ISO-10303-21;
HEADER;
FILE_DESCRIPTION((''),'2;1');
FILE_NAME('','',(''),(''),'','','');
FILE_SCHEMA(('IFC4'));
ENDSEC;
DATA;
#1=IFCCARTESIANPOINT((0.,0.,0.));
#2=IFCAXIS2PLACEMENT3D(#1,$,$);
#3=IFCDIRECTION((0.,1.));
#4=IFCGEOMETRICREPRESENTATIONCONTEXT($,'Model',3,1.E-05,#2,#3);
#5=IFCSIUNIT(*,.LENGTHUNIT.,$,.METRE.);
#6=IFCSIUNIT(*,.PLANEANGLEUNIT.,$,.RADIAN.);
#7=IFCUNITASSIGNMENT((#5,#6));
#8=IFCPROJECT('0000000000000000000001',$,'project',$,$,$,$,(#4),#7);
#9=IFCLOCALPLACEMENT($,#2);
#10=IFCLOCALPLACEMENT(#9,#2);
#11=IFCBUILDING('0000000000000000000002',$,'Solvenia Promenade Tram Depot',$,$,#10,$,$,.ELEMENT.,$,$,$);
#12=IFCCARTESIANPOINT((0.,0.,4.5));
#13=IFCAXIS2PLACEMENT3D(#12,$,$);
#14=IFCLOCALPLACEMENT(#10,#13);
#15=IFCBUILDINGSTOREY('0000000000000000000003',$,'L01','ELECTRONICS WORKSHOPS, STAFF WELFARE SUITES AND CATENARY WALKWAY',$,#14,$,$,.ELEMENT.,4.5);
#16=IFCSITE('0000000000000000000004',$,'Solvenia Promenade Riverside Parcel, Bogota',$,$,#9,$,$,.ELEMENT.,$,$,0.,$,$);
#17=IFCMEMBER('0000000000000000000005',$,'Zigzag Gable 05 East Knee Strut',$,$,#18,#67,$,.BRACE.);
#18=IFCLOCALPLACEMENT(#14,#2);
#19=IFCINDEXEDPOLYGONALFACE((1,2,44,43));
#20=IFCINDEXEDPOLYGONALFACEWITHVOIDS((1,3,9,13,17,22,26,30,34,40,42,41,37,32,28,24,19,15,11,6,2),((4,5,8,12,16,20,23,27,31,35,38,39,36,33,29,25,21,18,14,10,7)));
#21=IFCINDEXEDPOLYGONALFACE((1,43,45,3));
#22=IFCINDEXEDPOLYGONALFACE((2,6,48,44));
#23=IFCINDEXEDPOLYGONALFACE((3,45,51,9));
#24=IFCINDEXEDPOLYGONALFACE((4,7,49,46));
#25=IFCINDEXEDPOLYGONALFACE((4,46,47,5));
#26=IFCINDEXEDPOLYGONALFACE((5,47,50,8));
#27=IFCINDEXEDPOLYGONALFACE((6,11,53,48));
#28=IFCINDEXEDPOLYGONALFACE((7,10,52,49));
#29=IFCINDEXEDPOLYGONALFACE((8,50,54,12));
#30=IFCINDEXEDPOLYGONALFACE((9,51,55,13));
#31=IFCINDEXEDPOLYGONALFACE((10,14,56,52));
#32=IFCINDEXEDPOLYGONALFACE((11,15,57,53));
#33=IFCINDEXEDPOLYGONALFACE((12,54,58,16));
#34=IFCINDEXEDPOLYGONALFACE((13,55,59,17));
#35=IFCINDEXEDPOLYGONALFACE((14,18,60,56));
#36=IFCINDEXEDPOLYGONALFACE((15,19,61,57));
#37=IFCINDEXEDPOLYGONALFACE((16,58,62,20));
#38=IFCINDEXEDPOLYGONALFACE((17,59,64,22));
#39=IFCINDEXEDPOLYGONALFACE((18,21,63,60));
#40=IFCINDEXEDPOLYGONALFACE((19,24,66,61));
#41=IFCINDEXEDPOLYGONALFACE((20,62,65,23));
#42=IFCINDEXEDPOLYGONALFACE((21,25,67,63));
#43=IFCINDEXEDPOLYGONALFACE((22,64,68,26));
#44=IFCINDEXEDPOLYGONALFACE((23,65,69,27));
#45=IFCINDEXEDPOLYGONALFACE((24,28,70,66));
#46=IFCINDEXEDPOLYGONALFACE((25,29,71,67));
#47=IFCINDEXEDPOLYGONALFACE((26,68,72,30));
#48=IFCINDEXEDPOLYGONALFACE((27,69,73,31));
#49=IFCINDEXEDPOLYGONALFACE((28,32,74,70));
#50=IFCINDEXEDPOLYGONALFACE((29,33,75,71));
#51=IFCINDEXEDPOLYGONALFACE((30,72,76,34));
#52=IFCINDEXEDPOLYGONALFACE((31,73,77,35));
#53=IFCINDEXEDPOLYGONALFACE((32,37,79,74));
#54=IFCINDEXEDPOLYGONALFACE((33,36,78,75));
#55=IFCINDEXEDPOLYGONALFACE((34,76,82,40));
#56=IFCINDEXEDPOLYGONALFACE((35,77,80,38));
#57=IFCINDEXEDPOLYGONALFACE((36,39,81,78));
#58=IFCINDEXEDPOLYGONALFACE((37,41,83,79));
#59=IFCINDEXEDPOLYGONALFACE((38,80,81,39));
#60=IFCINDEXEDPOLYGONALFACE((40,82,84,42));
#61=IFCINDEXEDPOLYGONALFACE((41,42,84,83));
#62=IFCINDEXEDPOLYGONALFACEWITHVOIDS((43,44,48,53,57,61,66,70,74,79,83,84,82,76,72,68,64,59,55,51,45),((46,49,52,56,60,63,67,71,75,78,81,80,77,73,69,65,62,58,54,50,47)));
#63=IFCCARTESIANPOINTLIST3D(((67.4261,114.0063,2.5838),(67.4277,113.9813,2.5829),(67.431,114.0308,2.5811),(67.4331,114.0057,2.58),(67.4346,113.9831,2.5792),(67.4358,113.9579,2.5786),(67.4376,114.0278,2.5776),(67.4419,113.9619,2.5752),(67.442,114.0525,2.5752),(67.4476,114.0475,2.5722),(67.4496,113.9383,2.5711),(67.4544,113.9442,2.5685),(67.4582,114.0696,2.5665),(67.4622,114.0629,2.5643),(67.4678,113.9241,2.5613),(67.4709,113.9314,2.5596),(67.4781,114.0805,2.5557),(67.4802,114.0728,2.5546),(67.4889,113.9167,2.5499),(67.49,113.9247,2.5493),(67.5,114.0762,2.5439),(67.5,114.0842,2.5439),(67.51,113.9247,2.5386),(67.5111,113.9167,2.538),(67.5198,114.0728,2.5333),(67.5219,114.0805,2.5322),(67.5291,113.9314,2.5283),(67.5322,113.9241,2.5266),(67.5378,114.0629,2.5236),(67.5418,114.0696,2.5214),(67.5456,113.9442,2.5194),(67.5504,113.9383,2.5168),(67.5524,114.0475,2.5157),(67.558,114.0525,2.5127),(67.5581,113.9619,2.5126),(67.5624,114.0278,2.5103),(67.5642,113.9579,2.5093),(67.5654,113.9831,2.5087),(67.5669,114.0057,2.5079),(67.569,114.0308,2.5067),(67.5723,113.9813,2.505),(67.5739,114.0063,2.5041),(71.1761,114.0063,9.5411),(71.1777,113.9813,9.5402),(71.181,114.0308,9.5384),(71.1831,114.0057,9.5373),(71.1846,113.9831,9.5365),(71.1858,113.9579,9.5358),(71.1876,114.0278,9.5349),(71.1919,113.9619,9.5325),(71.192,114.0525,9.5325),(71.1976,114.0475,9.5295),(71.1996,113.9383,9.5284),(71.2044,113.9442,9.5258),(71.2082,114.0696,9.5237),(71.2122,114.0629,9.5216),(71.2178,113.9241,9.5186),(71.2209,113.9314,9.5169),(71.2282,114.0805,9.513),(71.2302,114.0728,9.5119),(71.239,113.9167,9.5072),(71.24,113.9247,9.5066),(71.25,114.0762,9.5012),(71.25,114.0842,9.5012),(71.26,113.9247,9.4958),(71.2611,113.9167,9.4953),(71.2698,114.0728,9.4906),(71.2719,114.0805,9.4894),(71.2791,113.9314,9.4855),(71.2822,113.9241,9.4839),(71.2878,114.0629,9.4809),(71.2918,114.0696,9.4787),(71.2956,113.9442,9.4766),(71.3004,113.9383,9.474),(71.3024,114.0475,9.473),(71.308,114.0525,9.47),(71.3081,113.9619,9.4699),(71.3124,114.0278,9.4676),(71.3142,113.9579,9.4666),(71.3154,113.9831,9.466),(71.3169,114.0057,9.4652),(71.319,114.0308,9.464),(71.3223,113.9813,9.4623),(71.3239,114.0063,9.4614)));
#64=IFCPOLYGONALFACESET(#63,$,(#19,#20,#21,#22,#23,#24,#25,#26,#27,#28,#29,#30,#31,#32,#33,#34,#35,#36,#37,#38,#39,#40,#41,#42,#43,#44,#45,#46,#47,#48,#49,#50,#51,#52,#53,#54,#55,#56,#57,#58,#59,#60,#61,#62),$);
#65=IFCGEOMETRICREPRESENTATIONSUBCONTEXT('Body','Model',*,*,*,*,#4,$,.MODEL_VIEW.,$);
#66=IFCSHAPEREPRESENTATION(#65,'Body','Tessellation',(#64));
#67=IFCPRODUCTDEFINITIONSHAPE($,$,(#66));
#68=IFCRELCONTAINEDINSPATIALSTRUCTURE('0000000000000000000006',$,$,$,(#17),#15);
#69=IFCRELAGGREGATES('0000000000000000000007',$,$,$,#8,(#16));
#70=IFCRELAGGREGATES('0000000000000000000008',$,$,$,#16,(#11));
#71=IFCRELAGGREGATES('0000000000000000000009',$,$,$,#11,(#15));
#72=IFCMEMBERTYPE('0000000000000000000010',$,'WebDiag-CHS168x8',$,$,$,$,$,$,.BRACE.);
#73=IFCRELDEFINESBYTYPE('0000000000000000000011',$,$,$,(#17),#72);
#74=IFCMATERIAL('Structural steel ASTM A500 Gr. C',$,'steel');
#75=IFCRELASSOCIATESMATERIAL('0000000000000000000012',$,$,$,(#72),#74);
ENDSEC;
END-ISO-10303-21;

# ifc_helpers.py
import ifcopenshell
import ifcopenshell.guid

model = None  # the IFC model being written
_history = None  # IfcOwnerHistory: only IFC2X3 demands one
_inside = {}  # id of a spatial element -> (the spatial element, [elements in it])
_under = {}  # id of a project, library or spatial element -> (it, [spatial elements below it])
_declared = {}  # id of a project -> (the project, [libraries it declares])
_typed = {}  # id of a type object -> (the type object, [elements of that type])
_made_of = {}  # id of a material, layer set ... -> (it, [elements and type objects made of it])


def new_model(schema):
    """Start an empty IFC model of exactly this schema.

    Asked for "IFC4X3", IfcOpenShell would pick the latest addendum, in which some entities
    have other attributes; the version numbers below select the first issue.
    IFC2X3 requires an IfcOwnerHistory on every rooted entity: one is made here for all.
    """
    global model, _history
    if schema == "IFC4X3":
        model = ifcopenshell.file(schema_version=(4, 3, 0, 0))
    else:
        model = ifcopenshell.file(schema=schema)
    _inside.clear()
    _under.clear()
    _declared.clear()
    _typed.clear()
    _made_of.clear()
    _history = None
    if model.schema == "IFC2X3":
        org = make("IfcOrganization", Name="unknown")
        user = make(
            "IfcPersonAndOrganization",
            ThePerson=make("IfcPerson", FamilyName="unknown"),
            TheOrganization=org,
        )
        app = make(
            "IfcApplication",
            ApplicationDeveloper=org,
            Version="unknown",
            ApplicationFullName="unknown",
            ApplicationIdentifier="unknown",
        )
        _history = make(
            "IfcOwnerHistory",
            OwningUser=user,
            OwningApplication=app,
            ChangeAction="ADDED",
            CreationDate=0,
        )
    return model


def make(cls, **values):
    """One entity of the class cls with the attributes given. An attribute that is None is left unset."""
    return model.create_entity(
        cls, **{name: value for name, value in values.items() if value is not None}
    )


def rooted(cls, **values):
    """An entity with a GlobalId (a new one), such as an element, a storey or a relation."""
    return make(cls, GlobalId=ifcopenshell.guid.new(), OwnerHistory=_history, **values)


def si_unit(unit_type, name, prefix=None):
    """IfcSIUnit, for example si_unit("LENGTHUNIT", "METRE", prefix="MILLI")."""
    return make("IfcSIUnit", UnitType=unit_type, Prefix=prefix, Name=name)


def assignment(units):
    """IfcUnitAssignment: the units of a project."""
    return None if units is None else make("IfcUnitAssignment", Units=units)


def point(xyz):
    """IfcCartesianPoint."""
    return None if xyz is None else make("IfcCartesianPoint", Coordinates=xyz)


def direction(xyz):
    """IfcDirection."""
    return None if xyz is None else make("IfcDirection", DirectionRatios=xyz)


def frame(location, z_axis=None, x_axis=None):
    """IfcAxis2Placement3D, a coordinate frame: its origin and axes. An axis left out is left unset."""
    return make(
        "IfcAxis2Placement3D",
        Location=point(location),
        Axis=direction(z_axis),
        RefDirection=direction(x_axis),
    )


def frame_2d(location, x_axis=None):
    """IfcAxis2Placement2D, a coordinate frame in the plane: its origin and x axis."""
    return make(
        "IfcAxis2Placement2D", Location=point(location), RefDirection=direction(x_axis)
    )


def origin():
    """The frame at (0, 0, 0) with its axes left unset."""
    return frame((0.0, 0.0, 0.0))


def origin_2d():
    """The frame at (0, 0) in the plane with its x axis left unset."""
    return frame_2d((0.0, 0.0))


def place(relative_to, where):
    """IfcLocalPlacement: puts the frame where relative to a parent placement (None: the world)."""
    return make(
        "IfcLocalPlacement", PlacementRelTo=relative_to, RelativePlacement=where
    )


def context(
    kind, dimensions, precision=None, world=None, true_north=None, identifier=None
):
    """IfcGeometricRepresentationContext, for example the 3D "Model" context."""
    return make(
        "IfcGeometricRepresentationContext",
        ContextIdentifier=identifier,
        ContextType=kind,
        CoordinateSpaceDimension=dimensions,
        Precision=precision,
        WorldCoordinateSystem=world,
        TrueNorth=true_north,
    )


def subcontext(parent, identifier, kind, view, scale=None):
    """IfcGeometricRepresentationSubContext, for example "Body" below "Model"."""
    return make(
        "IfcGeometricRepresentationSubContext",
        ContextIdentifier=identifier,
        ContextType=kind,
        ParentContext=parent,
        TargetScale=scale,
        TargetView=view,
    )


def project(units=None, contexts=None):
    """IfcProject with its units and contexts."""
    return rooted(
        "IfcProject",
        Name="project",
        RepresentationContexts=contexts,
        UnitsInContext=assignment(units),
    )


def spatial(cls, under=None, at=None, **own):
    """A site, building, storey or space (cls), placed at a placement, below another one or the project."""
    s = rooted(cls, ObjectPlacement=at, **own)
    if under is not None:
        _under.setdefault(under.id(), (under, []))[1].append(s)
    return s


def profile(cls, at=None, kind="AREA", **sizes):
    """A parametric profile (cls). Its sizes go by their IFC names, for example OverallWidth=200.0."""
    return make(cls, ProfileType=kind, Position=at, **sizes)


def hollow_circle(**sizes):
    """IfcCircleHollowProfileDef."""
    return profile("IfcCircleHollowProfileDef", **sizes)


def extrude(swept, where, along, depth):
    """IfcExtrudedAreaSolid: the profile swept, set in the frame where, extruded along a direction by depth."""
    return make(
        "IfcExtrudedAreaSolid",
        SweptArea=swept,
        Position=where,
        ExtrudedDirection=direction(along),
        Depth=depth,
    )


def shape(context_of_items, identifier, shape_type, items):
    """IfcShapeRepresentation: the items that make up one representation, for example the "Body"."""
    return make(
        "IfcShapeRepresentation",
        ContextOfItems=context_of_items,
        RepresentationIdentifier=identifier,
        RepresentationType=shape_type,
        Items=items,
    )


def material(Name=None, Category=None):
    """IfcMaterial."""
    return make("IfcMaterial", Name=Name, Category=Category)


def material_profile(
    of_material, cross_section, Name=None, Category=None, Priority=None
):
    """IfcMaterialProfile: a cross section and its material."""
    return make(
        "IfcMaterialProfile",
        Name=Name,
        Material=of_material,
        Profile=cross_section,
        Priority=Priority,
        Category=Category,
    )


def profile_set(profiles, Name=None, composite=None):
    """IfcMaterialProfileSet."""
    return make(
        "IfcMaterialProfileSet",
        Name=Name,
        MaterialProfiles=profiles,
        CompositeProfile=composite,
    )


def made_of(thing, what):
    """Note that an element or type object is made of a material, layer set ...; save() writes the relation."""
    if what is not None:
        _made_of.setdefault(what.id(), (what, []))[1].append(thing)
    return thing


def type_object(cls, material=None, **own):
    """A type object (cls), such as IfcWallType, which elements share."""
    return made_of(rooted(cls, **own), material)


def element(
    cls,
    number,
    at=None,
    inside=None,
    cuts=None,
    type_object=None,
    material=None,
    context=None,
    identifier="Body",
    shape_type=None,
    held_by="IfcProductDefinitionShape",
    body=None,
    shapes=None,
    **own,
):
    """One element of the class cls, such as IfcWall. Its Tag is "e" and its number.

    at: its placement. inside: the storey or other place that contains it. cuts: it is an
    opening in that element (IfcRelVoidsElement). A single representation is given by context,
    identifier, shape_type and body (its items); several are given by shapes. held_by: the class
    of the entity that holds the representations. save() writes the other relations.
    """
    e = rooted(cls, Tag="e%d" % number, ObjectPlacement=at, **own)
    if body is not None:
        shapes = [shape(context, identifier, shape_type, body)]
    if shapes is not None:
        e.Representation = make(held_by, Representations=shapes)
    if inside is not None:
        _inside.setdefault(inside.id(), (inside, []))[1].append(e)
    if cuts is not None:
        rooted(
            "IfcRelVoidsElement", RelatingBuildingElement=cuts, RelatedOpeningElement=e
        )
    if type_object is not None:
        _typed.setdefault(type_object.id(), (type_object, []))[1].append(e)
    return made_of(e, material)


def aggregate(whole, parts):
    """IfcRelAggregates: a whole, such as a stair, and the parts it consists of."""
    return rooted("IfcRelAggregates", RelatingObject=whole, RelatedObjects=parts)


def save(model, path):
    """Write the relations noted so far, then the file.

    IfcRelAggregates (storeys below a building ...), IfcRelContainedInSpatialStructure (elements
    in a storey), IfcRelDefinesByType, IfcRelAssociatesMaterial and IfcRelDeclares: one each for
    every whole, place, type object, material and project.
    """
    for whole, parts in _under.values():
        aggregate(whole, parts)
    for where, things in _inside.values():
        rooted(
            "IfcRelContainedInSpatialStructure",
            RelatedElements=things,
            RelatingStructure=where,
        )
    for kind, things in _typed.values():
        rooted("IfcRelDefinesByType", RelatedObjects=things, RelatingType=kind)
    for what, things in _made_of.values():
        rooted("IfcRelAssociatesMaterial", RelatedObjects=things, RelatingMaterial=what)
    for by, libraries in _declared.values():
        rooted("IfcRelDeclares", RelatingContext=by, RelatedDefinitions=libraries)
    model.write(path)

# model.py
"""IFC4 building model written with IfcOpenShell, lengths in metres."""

from ifc_helpers import new_model, si_unit, direction, frame, origin, origin_2d, place, context, subcontext, project, spatial, hollow_circle, extrude, material, material_profile, profile_set, type_object, element, save


model = new_model("IFC4")

# Units and contexts
model_context = context("Model", 3, precision=1e-05, world=origin(), true_north=direction((0.0, 1.0)))
body_context = subcontext(model_context, "Body", "Model", "MODEL_VIEW")
ifc_project = project(units=[si_unit("LENGTHUNIT", "METRE"), si_unit("PLANEANGLEUNIT", "RADIAN")], contexts=[model_context])

# Site, building, storey
site_placement = place(None, origin())
site = spatial("IfcSite", under=ifc_project, at=site_placement, Name="Solvenia Promenade Riverside Parcel, Bogota", CompositionType="ELEMENT", RefElevation=0.0)
building_placement = place(site_placement, origin())
building = spatial("IfcBuilding", under=site, at=building_placement, Name="Solvenia Promenade Tram Depot", CompositionType="ELEMENT")
storey_placement = place(building_placement, frame((0.0, 0.0, 4.5)))
storey = spatial("IfcBuildingStorey", under=building, at=storey_placement, Name="L01", Description="ELECTRONICS WORKSHOPS, STAFF WELFARE SUITES AND CATENARY WALKWAY", CompositionType="ELEMENT", Elevation=4.5)

# Shared definitions
ifc_material_1 = material(Name="Structural steel ASTM A500 Gr. C", Category="steel")

# Member
ifc_material_profile_1 = material_profile(ifc_material_1, hollow_circle(Radius=0.0842, WallThickness=0.0081, at=origin_2d()), Name="CHS168.3x8", Category="steel")
ifc_profile_set_1 = profile_set([ifc_material_profile_1], Name="Structural steel ASTM A500 Gr. C")
member_type_1 = type_object("IfcMemberType", Name="WebDiag-CHS168x8", PredefinedType="BRACE", material=ifc_profile_set_1)
for number, where, z_axis, x_axis, name in (
    (1, (67.5, 114.0, 2.5439), (0.47447, 0.0, 0.880272), (0.0, 1.0, 0.0), "Zigzag Gable 05 East Knee Strut"),
):
    element("IfcMember", number, at=place(storey_placement, frame(where, z_axis=z_axis, x_axis=x_axis)), inside=storey, type_object=member_type_1, Name=name, PredefinedType="BRACE", context=body_context, shape_type="SweptSolid", body=[
        extrude(hollow_circle(Radius=0.0842, WallThickness=0.0081, at=origin_2d()), origin(), (0.0, 0.0, 1.0), 7.9036),
    ])

save(model, "model.ifc")
